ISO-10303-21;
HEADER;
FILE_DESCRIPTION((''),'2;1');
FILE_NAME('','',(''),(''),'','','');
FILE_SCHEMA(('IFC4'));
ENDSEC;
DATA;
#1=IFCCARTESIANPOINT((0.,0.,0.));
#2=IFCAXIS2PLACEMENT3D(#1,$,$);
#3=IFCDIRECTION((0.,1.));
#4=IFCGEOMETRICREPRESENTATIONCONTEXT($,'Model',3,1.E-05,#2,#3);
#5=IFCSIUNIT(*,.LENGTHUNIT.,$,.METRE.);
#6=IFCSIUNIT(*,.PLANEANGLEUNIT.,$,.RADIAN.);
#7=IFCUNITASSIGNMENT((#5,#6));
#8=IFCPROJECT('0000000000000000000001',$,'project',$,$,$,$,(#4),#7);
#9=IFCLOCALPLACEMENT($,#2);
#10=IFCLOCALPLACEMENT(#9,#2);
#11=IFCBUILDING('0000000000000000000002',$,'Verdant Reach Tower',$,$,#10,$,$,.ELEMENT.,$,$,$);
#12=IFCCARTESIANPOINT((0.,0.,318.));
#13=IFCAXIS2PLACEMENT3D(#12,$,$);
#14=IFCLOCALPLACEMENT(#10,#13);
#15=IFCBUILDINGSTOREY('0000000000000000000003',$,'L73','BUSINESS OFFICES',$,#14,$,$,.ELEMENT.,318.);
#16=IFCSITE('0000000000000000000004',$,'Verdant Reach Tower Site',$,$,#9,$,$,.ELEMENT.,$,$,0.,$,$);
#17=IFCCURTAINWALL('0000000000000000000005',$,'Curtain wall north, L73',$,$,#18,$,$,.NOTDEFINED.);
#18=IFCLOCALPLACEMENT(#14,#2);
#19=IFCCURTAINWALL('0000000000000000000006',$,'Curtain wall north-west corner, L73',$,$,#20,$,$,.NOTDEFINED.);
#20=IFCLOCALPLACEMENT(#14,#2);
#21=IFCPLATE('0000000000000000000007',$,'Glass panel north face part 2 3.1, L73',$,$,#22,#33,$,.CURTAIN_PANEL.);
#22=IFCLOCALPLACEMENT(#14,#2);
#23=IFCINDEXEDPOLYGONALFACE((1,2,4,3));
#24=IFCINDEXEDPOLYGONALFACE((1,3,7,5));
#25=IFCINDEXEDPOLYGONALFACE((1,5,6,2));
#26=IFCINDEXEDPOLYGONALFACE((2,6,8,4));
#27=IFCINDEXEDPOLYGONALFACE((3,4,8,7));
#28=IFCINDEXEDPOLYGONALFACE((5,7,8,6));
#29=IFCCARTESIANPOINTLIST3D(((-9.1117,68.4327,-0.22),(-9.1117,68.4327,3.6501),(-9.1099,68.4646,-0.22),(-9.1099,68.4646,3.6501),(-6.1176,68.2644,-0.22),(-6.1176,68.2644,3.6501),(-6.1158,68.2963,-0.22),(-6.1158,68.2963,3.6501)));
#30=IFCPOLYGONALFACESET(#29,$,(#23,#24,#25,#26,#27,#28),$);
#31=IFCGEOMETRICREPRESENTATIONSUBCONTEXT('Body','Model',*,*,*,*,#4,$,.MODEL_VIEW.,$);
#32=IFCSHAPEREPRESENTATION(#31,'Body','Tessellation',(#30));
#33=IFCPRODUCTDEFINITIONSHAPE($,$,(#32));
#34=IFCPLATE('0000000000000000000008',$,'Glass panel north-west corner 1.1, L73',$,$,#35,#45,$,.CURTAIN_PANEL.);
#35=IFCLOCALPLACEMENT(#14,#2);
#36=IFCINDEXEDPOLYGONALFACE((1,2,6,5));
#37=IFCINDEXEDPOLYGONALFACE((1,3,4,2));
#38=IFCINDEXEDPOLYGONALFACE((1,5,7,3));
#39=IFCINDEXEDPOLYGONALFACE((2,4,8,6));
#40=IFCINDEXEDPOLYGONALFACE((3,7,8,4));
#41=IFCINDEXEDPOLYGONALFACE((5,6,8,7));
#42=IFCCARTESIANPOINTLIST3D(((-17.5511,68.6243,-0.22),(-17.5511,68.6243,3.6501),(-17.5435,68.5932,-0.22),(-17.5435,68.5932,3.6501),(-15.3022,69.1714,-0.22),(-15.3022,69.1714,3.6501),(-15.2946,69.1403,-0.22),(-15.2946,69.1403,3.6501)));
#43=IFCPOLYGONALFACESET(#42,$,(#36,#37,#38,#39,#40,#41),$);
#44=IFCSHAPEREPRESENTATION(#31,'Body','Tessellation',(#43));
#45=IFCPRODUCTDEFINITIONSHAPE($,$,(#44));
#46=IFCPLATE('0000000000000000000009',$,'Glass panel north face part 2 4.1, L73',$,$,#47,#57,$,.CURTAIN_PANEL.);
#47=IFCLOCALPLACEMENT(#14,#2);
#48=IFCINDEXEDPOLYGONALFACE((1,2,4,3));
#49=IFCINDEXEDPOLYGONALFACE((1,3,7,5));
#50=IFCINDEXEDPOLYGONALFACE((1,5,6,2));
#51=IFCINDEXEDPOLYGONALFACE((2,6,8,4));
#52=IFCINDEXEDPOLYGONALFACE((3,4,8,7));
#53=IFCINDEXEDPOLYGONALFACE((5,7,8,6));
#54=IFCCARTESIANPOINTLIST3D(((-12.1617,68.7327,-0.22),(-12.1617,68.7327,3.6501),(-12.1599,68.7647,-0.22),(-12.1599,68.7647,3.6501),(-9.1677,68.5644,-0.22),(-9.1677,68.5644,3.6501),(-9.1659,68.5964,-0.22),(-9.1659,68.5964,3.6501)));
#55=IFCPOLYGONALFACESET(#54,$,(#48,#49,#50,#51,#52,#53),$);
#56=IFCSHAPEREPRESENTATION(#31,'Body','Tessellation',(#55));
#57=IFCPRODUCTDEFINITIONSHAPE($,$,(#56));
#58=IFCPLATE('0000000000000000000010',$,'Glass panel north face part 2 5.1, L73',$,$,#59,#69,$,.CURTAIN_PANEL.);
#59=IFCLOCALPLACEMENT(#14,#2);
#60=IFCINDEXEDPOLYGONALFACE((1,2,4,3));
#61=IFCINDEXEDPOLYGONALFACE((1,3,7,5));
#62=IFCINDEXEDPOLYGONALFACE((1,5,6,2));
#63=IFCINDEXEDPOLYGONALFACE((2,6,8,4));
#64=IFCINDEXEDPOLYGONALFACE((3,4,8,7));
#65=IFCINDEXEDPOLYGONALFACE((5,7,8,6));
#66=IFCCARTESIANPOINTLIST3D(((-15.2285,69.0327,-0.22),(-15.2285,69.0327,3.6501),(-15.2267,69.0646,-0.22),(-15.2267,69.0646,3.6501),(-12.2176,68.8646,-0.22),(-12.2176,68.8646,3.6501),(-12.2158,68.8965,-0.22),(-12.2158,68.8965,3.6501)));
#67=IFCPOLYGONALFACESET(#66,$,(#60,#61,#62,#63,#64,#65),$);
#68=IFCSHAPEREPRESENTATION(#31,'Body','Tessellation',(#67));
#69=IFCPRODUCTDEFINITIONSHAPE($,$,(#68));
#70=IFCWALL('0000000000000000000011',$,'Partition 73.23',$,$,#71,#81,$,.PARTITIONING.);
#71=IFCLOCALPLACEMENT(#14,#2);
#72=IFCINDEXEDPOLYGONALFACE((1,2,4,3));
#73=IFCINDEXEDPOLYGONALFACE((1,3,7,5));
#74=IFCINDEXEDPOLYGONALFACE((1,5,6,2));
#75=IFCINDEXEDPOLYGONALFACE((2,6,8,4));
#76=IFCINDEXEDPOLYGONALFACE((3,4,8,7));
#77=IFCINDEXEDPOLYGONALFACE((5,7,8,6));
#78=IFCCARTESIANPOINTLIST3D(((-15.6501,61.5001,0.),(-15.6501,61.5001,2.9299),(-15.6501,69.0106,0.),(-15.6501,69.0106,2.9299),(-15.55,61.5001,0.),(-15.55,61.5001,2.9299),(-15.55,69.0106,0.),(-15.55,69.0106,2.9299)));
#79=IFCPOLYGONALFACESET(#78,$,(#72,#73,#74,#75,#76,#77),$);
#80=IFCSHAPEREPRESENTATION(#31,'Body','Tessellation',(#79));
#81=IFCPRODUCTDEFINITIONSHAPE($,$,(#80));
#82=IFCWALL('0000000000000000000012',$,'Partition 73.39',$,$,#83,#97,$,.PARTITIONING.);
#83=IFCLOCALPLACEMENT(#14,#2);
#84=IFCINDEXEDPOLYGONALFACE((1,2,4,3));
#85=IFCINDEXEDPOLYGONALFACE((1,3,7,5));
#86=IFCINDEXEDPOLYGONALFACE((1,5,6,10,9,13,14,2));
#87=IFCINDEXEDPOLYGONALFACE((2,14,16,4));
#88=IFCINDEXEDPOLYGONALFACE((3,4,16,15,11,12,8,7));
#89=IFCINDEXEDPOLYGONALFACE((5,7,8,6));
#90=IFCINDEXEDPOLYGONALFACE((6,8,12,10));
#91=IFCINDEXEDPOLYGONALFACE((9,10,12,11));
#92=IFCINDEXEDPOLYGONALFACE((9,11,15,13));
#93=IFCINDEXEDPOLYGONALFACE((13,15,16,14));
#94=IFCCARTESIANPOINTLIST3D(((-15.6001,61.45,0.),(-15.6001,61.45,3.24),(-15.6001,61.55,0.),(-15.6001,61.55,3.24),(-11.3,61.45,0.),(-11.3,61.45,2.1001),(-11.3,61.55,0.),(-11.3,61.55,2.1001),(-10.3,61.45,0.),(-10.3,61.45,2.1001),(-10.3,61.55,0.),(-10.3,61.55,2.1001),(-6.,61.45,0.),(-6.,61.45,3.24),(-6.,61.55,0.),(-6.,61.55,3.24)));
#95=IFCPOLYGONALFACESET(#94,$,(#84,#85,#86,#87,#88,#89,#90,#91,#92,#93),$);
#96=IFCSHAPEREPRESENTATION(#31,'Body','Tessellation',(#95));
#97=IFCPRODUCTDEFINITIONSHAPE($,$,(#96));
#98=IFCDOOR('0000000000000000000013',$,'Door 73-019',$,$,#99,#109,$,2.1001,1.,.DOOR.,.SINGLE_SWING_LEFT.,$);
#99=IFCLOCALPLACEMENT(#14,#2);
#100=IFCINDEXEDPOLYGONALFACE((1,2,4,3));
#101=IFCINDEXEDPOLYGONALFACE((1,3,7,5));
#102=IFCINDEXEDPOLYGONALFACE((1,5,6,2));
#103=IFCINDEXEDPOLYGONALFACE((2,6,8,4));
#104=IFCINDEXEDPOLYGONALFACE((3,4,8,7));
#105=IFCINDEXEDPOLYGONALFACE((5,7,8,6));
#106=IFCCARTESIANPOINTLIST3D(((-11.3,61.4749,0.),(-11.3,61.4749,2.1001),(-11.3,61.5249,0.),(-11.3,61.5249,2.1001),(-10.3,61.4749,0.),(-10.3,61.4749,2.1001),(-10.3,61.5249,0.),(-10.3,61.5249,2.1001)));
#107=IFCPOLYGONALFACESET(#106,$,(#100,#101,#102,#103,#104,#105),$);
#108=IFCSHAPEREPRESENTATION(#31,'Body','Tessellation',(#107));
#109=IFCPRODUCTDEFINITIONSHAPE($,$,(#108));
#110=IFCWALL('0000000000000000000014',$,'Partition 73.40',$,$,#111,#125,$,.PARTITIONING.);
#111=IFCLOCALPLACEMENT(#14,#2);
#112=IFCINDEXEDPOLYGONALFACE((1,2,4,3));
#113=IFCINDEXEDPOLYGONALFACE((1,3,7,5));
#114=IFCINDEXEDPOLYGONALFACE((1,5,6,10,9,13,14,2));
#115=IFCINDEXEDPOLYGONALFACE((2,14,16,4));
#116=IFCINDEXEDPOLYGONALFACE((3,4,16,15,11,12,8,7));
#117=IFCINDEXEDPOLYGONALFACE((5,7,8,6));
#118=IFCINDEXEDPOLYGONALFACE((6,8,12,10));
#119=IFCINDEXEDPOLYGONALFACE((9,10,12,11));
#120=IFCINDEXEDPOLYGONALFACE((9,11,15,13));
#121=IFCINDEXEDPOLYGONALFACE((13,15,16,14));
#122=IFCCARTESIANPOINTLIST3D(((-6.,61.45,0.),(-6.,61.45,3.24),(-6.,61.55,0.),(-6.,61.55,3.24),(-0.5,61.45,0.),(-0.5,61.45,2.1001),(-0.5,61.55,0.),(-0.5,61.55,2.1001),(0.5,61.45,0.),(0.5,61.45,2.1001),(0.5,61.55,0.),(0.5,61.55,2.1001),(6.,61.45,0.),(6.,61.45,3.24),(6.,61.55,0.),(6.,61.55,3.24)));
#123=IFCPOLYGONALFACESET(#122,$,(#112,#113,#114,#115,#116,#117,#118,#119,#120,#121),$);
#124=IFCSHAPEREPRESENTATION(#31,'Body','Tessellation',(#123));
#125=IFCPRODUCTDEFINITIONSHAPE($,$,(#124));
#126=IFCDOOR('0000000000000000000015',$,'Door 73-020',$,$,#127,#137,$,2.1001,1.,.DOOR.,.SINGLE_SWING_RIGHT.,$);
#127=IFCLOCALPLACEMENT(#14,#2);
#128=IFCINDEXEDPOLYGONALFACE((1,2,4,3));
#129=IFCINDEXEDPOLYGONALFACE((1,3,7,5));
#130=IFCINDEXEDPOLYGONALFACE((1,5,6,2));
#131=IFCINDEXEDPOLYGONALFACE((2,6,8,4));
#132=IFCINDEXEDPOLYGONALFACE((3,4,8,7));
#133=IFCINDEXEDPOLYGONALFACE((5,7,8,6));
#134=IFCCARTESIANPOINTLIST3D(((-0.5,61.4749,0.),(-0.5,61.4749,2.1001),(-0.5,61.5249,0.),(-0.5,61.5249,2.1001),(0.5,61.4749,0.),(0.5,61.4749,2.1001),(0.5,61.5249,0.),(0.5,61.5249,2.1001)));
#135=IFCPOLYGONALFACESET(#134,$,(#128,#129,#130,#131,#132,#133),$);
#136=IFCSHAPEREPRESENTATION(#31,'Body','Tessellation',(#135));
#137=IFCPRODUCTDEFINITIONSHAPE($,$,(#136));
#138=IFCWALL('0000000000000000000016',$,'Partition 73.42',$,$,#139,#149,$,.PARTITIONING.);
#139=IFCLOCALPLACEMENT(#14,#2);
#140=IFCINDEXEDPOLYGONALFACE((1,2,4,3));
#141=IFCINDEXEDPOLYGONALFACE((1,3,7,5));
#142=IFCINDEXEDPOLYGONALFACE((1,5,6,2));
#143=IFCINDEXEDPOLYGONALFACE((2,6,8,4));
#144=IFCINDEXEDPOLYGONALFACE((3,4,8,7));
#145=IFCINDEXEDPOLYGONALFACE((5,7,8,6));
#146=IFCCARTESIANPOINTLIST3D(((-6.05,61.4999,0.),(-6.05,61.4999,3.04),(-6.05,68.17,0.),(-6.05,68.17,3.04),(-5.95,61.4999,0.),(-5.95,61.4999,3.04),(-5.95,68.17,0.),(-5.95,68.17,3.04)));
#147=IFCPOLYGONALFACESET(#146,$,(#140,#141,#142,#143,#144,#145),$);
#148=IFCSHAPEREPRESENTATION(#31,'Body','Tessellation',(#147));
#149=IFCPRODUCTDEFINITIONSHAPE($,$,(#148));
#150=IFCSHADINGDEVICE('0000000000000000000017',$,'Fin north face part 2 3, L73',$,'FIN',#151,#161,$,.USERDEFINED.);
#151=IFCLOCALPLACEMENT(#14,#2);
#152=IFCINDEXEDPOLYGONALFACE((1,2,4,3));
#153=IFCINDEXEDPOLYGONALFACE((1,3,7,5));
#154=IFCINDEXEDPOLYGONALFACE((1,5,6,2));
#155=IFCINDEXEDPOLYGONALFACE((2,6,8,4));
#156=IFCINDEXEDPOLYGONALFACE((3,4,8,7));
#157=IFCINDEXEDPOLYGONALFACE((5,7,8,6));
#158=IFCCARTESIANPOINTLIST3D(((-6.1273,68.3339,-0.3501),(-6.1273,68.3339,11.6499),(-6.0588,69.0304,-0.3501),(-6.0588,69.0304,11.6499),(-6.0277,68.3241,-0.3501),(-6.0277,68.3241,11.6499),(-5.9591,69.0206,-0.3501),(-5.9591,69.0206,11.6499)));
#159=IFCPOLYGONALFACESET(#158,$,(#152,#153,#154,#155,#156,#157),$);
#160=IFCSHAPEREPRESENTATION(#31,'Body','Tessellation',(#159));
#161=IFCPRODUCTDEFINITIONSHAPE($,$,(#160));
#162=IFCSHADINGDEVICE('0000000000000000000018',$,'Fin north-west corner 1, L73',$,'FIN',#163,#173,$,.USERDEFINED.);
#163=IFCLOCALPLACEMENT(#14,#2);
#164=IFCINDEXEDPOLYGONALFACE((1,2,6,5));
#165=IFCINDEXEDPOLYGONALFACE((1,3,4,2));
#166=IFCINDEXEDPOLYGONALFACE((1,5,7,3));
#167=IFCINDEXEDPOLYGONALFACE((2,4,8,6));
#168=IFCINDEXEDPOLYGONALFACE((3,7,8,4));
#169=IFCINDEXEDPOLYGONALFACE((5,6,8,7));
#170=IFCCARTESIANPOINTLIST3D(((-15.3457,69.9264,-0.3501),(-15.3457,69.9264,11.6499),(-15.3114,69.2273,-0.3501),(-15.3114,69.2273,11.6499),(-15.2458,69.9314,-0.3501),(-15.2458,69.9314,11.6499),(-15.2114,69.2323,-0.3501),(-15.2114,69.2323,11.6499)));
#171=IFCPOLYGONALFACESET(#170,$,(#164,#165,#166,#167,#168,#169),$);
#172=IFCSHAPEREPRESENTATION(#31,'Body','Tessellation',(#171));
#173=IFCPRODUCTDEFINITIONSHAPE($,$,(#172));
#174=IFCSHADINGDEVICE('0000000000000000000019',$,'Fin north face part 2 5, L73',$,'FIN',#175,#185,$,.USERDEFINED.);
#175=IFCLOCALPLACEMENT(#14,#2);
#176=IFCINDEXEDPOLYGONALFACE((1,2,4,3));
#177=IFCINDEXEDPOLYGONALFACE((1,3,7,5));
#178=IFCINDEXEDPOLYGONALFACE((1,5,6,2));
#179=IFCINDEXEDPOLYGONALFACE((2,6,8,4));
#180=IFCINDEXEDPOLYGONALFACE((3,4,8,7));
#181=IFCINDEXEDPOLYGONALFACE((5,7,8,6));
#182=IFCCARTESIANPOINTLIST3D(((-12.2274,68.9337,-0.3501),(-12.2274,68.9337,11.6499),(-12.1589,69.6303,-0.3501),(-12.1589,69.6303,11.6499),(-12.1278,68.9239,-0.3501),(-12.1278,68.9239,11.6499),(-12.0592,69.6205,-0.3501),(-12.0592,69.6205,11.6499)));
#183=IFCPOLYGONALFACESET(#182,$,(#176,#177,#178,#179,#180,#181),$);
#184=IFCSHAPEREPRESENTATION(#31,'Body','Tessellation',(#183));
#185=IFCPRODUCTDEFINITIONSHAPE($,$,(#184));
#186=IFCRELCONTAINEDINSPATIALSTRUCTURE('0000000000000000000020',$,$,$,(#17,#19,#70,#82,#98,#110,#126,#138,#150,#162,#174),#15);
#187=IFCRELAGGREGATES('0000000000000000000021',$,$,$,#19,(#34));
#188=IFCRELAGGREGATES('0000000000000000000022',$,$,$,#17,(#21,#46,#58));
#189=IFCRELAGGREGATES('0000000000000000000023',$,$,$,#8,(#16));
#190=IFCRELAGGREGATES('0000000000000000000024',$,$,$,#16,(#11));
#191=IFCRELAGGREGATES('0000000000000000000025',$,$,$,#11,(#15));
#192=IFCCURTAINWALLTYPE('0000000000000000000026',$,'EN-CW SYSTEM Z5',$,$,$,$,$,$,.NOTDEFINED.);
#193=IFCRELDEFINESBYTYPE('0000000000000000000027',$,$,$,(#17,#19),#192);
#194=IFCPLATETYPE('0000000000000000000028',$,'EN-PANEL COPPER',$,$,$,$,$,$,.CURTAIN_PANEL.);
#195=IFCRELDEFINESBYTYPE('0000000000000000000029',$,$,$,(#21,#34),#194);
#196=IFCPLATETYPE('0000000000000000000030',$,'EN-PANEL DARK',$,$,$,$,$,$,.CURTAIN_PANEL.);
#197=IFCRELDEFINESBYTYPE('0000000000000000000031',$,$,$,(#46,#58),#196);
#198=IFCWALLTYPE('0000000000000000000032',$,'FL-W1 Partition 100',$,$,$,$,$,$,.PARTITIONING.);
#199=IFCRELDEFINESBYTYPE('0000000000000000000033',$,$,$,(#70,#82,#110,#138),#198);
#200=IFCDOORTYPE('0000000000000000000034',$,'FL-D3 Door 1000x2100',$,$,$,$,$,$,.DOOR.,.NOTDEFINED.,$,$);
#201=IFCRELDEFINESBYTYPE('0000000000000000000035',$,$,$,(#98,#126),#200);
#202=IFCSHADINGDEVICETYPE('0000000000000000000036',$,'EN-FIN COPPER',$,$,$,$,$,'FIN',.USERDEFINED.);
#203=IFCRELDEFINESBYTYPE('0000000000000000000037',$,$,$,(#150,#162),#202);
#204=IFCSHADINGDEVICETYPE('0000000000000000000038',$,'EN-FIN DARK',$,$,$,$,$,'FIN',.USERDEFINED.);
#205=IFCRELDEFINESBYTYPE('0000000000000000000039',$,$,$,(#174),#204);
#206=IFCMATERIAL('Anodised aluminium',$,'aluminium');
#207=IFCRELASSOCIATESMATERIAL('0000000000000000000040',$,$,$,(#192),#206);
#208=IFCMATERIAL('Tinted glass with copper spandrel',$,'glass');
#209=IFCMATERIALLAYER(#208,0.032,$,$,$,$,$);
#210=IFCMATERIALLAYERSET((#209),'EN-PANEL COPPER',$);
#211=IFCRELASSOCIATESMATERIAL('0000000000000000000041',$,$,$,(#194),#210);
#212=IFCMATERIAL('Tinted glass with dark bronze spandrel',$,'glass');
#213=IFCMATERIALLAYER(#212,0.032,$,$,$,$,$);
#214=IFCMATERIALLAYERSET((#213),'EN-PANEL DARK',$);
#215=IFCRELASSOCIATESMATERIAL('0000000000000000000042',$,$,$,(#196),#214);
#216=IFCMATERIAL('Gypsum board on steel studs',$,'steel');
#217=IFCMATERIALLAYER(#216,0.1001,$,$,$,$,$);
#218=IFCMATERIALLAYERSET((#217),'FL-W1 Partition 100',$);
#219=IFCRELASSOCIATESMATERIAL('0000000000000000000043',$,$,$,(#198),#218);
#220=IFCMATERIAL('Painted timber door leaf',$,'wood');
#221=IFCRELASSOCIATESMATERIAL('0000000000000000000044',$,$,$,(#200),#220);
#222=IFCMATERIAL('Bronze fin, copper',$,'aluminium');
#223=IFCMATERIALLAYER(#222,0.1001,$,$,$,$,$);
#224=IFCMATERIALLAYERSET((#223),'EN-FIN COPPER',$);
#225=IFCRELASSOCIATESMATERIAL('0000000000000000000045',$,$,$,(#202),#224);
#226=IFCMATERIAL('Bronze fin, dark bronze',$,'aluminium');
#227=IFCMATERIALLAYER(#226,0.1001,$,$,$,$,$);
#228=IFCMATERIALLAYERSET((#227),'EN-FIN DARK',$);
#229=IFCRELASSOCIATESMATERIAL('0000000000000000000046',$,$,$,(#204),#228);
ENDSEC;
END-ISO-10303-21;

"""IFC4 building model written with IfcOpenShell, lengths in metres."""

from ifc_helpers import new_model, si_unit, direction, frame, frame_2d, origin, origin_2d, place, context, subcontext, project, spatial, rectangle, extrude, material, layer, layer_set, type_object, element, fill, aggregate, save


model = new_model("IFC4")

# Units and contexts
model_context = context("Model", 3, precision=1e-05, world=origin(), true_north=direction((0.0, 1.0)))
body_context = subcontext(model_context, "Body", "Model", "MODEL_VIEW")
ifc_project = project(units=[si_unit("LENGTHUNIT", "METRE"), si_unit("PLANEANGLEUNIT", "RADIAN")], contexts=[model_context])

# Site, building, storey
site_placement = place(None, origin())
site = spatial("IfcSite", under=ifc_project, at=site_placement, Name="Verdant Reach Tower Site", CompositionType="ELEMENT", RefElevation=0.0)
building_placement = place(site_placement, origin())
building = spatial("IfcBuilding", under=site, at=building_placement, Name="Verdant Reach Tower", CompositionType="ELEMENT")
storey_placement = place(building_placement, frame((0.0, 0.0, 318.0)))
storey = spatial("IfcBuildingStorey", under=building, at=storey_placement, Name="L73", Description="BUSINESS OFFICES", CompositionType="ELEMENT", Elevation=318.0)

# Curtain walls
ifc_material_1 = material(Name="Anodised aluminium", Category="aluminium")
curtain_wall_type = type_object("IfcCurtainWallType", Name="EN-CW SYSTEM Z5", PredefinedType="NOTDEFINED", material=ifc_material_1)
curtain_wall_1_placement = place(storey_placement, origin())
curtain_wall_1 = element("IfcCurtainWall", 1, at=curtain_wall_1_placement, inside=storey, type_object=curtain_wall_type, Name="Curtain wall north, L73", PredefinedType="NOTDEFINED")
curtain_wall_2_placement = place(storey_placement, origin())
curtain_wall_2 = element("IfcCurtainWall", 2, at=curtain_wall_2_placement, inside=storey, type_object=curtain_wall_type, Name="Curtain wall north-west corner, L73", PredefinedType="NOTDEFINED")

# Plates
ifc_material_2 = material(Name="Tinted glass with copper spandrel", Category="glass")
ifc_layer_1 = layer(ifc_material_2, 0.032)
ifc_layer_set_1 = layer_set([ifc_layer_1], Name="EN-PANEL COPPER")
plate_type_1 = type_object("IfcPlateType", Name="EN-PANEL COPPER", PredefinedType="CURTAIN_PANEL", material=ifc_layer_set_1)
plate_1_placement = place(storey_placement, frame((-7.6138, 68.3645, -0.22), z_axis=(0.0, 0.0, 1.0), x_axis=(-0.998424, 0.056128, 0.0)))
plate_1 = element("IfcPlate", 3, at=plate_1_placement, type_object=plate_type_1, Name="Glass panel north face part 2 3.1, L73", PredefinedType="CURTAIN_PANEL", context=body_context, shape_type="SweptSolid", body=[
    extrude(rectangle(XDim=2.9988, YDim=0.032, at=origin_2d()), origin(), (0.0, 0.0, 1.0), 3.8701),
])
plate_2_placement = place(storey_placement, frame((-16.4229, 68.8823, -0.22), z_axis=(0.0, 0.0, 1.0), x_axis=(-0.971662, -0.236376, 0.0)))
plate_2 = element("IfcPlate", 4, at=plate_2_placement, type_object=plate_type_1, Name="Glass panel north-west corner 1.1, L73", PredefinedType="CURTAIN_PANEL", context=body_context, shape_type="SweptSolid", body=[
    extrude(rectangle(XDim=2.3145, YDim=0.032, at=origin_2d()), origin(), (0.0, 0.0, 1.0), 3.8701),
])
aggregate(curtain_wall_2, [plate_2])
ifc_material_3 = material(Name="Tinted glass with dark bronze spandrel", Category="glass")
ifc_layer_2 = layer(ifc_material_3, 0.032)
ifc_layer_set_2 = layer_set([ifc_layer_2], Name="EN-PANEL DARK")
plate_type_2 = type_object("IfcPlateType", Name="EN-PANEL DARK", PredefinedType="CURTAIN_PANEL", material=ifc_layer_set_2)
plate_3_placement = place(storey_placement, frame((-10.6638, 68.6646, -0.22), z_axis=(0.0, 0.0, 1.0), x_axis=(-0.998424, 0.056128, 0.0)))
plate_3 = element("IfcPlate", 5, at=plate_3_placement, type_object=plate_type_2, Name="Glass panel north face part 2 4.1, L73", PredefinedType="CURTAIN_PANEL", context=body_context, shape_type="SweptSolid", body=[
    extrude(rectangle(XDim=2.9988, YDim=0.032, at=origin_2d()), origin(), (0.0, 0.0, 1.0), 3.8701),
])
plate_4_placement = place(storey_placement, frame((-13.7222, 68.9646, -0.22), z_axis=(0.0, 0.0, 1.0), x_axis=(-0.998446, 0.055725, 0.0)))
plate_4 = element("IfcPlate", 6, at=plate_4_placement, type_object=plate_type_2, Name="Glass panel north face part 2 5.1, L73", PredefinedType="CURTAIN_PANEL", context=body_context, shape_type="SweptSolid", body=[
    extrude(rectangle(XDim=3.0156, YDim=0.032, at=origin_2d()), origin(), (0.0, 0.0, 1.0), 3.8701),
])
aggregate(curtain_wall_1, [plate_1, plate_3, plate_4])

# Wall
ifc_material_4 = material(Name="Gypsum board on steel studs", Category="steel")
ifc_layer_3 = layer(ifc_material_4, 0.1001)
ifc_layer_set_3 = layer_set([ifc_layer_3], Name="FL-W1 Partition 100")
wall_type = type_object("IfcWallType", Name="FL-W1 Partition 100", PredefinedType="PARTITIONING", material=ifc_layer_set_3)
wall_1_placement = place(storey_placement, frame((-15.6001, 61.5, 0.0), z_axis=(0.0, 0.0, 1.0), x_axis=(0.0, 1.0, 0.0)))
element("IfcWall", 7, at=wall_1_placement, inside=storey, type_object=wall_type, Name="Partition 73.23", PredefinedType="PARTITIONING", context=body_context, shape_type="SweptSolid", body=[
    extrude(rectangle(XDim=7.5105, YDim=0.1001, at=frame_2d((3.7554, 0.0))), origin(), (0.0, 0.0, 1.0), 2.9299),
])

# Walls, openings, doors
wall_2_placement = place(storey_placement, frame((-15.6001, 61.5, 0.0), z_axis=(0.0, 0.0, 1.0), x_axis=(1.0, 0.0, 0.0)))
wall_2 = element("IfcWall", 8, at=wall_2_placement, inside=storey, type_object=wall_type, Name="Partition 73.39", PredefinedType="PARTITIONING", context=body_context, shape_type="SweptSolid", body=[
    extrude(rectangle(XDim=9.6001, YDim=0.1001, at=frame_2d((4.8, 0.0))), origin(), (0.0, 0.0, 1.0), 3.24),
])
opening_1_placement = place(wall_2_placement, frame((4.3, 0.0, 0.0)))
opening_1 = element("IfcOpeningElement", 9, at=opening_1_placement, cuts=wall_2, PredefinedType="OPENING", context=body_context, shape_type="SweptSolid", body=[
    extrude(rectangle(XDim=1.0, YDim=2.1001, at=frame_2d((0.5, 1.05))), frame((0.0, 0.0601, 0.0), z_axis=(0.0, -1.0, 0.0), x_axis=(1.0, 0.0, 0.0)), (0.0, 0.0, 1.0), 0.1201),
])
ifc_material_5 = material(Name="Painted timber door leaf", Category="wood")
door_type = type_object("IfcDoorType", Name="FL-D3 Door 1000x2100", OperationType="NOTDEFINED", PredefinedType="DOOR", material=ifc_material_5)
door_1_placement = place(opening_1_placement, origin())
door_1 = element("IfcDoor", 10, at=door_1_placement, inside=storey, type_object=door_type, Name="Door 73-019", OperationType="SINGLE_SWING_LEFT", OverallHeight=2.1001, OverallWidth=1.0, PredefinedType="DOOR", context=body_context, shape_type="SweptSolid", body=[
    extrude(rectangle(XDim=1.0, YDim=2.1001, at=frame_2d((0.5, 1.05))), frame((0.0, 0.0249, 0.0), z_axis=(0.0, -1.0, 0.0), x_axis=(1.0, 0.0, 0.0)), (0.0, 0.0, 1.0), 0.05),
])
fill(opening_1, door_1)
wall_3_placement = place(storey_placement, frame((-6.0, 61.5, 0.0), z_axis=(0.0, 0.0, 1.0), x_axis=(1.0, 0.0, 0.0)))
wall_3 = element("IfcWall", 11, at=wall_3_placement, inside=storey, type_object=wall_type, Name="Partition 73.40", PredefinedType="PARTITIONING", context=body_context, shape_type="SweptSolid", body=[
    extrude(rectangle(XDim=12.0, YDim=0.1001, at=frame_2d((6.0, 0.0))), origin(), (0.0, 0.0, 1.0), 3.24),
])
opening_2_placement = place(wall_3_placement, frame((5.5, 0.0, 0.0)))
opening_2 = element("IfcOpeningElement", 12, at=opening_2_placement, cuts=wall_3, PredefinedType="OPENING", context=body_context, shape_type="SweptSolid", body=[
    extrude(rectangle(XDim=1.0, YDim=2.1001, at=frame_2d((0.5, 1.05))), frame((0.0, 0.0601, 0.0), z_axis=(0.0, -1.0, 0.0), x_axis=(1.0, 0.0, 0.0)), (0.0, 0.0, 1.0), 0.1201),
])
door_2_placement = place(opening_2_placement, origin())
door_2 = element("IfcDoor", 13, at=door_2_placement, inside=storey, type_object=door_type, Name="Door 73-020", OperationType="SINGLE_SWING_RIGHT", OverallHeight=2.1001, OverallWidth=1.0, PredefinedType="DOOR", context=body_context, shape_type="SweptSolid", body=[
    extrude(rectangle(XDim=1.0, YDim=2.1001, at=frame_2d((0.5, 1.05))), frame((0.0, 0.0249, 0.0), z_axis=(0.0, -1.0, 0.0), x_axis=(1.0, 0.0, 0.0)), (0.0, 0.0, 1.0), 0.05),
])
fill(opening_2, door_2)

# Wall
wall_4_placement = place(storey_placement, frame((-6.0, 61.5, 0.0), z_axis=(0.0, 0.0, 1.0), x_axis=(0.0, 1.0, 0.0)))
element("IfcWall", 14, at=wall_4_placement, inside=storey, type_object=wall_type, Name="Partition 73.42", PredefinedType="PARTITIONING", context=body_context, shape_type="SweptSolid", body=[
    extrude(rectangle(XDim=6.6702, YDim=0.1001, at=frame_2d((3.335, 0.0))), origin(), (0.0, 0.0, 1.0), 3.04),
])

# Shading devices
ifc_material_6 = material(Name="Bronze fin, copper", Category="aluminium")
ifc_layer_4 = layer(ifc_material_6, 0.1001)
ifc_layer_set_4 = layer_set([ifc_layer_4], Name="EN-FIN COPPER")
shading_device_type_1 = type_object("IfcShadingDeviceType", Name="EN-FIN COPPER", ElementType="FIN", PredefinedType="USERDEFINED", material=ifc_layer_set_4)
for number, where, z_axis, x_axis, name in (
    (15, (-6.0432, 68.6772, -0.3501), (0.0, 0.0, 1.0), (-0.995197, 0.097888, 0.0), "Fin north face part 2 3, L73"),
    (16, (-15.2786, 69.5793, -0.3501), (0.0, 0.0, 1.0), (-0.998793, -0.049128, 0.0), "Fin north-west corner 1, L73"),
):
    element("IfcShadingDevice", number, at=place(storey_placement, frame(where, z_axis=z_axis, x_axis=x_axis)), inside=storey, type_object=shading_device_type_1, Name=name, ObjectType="FIN", PredefinedType="USERDEFINED", context=body_context, shape_type="SweptSolid", body=[
        extrude(rectangle(XDim=0.1001, YDim=0.7, at=origin_2d()), origin(), (0.0, 0.0, 1.0), 12.0),
    ])
ifc_material_7 = material(Name="Bronze fin, dark bronze", Category="aluminium")
ifc_layer_5 = layer(ifc_material_7, 0.1001)
ifc_layer_set_5 = layer_set([ifc_layer_5], Name="EN-FIN DARK")
shading_device_type_2 = type_object("IfcShadingDeviceType", Name="EN-FIN DARK", ElementType="FIN", PredefinedType="USERDEFINED", material=ifc_layer_set_5)
shading_device_placement = place(storey_placement, frame((-12.1433, 69.2771, -0.3501), z_axis=(0.0, 0.0, 1.0), x_axis=(-0.995197, 0.097888, 0.0)))
element("IfcShadingDevice", 17, at=shading_device_placement, inside=storey, type_object=shading_device_type_2, Name="Fin north face part 2 5, L73", ObjectType="FIN", PredefinedType="USERDEFINED", context=body_context, shape_type="SweptSolid", body=[
    extrude(rectangle(XDim=0.1001, YDim=0.7, at=origin_2d()), origin(), (0.0, 0.0, 1.0), 12.0),
])

save(model, "model.ifc")
